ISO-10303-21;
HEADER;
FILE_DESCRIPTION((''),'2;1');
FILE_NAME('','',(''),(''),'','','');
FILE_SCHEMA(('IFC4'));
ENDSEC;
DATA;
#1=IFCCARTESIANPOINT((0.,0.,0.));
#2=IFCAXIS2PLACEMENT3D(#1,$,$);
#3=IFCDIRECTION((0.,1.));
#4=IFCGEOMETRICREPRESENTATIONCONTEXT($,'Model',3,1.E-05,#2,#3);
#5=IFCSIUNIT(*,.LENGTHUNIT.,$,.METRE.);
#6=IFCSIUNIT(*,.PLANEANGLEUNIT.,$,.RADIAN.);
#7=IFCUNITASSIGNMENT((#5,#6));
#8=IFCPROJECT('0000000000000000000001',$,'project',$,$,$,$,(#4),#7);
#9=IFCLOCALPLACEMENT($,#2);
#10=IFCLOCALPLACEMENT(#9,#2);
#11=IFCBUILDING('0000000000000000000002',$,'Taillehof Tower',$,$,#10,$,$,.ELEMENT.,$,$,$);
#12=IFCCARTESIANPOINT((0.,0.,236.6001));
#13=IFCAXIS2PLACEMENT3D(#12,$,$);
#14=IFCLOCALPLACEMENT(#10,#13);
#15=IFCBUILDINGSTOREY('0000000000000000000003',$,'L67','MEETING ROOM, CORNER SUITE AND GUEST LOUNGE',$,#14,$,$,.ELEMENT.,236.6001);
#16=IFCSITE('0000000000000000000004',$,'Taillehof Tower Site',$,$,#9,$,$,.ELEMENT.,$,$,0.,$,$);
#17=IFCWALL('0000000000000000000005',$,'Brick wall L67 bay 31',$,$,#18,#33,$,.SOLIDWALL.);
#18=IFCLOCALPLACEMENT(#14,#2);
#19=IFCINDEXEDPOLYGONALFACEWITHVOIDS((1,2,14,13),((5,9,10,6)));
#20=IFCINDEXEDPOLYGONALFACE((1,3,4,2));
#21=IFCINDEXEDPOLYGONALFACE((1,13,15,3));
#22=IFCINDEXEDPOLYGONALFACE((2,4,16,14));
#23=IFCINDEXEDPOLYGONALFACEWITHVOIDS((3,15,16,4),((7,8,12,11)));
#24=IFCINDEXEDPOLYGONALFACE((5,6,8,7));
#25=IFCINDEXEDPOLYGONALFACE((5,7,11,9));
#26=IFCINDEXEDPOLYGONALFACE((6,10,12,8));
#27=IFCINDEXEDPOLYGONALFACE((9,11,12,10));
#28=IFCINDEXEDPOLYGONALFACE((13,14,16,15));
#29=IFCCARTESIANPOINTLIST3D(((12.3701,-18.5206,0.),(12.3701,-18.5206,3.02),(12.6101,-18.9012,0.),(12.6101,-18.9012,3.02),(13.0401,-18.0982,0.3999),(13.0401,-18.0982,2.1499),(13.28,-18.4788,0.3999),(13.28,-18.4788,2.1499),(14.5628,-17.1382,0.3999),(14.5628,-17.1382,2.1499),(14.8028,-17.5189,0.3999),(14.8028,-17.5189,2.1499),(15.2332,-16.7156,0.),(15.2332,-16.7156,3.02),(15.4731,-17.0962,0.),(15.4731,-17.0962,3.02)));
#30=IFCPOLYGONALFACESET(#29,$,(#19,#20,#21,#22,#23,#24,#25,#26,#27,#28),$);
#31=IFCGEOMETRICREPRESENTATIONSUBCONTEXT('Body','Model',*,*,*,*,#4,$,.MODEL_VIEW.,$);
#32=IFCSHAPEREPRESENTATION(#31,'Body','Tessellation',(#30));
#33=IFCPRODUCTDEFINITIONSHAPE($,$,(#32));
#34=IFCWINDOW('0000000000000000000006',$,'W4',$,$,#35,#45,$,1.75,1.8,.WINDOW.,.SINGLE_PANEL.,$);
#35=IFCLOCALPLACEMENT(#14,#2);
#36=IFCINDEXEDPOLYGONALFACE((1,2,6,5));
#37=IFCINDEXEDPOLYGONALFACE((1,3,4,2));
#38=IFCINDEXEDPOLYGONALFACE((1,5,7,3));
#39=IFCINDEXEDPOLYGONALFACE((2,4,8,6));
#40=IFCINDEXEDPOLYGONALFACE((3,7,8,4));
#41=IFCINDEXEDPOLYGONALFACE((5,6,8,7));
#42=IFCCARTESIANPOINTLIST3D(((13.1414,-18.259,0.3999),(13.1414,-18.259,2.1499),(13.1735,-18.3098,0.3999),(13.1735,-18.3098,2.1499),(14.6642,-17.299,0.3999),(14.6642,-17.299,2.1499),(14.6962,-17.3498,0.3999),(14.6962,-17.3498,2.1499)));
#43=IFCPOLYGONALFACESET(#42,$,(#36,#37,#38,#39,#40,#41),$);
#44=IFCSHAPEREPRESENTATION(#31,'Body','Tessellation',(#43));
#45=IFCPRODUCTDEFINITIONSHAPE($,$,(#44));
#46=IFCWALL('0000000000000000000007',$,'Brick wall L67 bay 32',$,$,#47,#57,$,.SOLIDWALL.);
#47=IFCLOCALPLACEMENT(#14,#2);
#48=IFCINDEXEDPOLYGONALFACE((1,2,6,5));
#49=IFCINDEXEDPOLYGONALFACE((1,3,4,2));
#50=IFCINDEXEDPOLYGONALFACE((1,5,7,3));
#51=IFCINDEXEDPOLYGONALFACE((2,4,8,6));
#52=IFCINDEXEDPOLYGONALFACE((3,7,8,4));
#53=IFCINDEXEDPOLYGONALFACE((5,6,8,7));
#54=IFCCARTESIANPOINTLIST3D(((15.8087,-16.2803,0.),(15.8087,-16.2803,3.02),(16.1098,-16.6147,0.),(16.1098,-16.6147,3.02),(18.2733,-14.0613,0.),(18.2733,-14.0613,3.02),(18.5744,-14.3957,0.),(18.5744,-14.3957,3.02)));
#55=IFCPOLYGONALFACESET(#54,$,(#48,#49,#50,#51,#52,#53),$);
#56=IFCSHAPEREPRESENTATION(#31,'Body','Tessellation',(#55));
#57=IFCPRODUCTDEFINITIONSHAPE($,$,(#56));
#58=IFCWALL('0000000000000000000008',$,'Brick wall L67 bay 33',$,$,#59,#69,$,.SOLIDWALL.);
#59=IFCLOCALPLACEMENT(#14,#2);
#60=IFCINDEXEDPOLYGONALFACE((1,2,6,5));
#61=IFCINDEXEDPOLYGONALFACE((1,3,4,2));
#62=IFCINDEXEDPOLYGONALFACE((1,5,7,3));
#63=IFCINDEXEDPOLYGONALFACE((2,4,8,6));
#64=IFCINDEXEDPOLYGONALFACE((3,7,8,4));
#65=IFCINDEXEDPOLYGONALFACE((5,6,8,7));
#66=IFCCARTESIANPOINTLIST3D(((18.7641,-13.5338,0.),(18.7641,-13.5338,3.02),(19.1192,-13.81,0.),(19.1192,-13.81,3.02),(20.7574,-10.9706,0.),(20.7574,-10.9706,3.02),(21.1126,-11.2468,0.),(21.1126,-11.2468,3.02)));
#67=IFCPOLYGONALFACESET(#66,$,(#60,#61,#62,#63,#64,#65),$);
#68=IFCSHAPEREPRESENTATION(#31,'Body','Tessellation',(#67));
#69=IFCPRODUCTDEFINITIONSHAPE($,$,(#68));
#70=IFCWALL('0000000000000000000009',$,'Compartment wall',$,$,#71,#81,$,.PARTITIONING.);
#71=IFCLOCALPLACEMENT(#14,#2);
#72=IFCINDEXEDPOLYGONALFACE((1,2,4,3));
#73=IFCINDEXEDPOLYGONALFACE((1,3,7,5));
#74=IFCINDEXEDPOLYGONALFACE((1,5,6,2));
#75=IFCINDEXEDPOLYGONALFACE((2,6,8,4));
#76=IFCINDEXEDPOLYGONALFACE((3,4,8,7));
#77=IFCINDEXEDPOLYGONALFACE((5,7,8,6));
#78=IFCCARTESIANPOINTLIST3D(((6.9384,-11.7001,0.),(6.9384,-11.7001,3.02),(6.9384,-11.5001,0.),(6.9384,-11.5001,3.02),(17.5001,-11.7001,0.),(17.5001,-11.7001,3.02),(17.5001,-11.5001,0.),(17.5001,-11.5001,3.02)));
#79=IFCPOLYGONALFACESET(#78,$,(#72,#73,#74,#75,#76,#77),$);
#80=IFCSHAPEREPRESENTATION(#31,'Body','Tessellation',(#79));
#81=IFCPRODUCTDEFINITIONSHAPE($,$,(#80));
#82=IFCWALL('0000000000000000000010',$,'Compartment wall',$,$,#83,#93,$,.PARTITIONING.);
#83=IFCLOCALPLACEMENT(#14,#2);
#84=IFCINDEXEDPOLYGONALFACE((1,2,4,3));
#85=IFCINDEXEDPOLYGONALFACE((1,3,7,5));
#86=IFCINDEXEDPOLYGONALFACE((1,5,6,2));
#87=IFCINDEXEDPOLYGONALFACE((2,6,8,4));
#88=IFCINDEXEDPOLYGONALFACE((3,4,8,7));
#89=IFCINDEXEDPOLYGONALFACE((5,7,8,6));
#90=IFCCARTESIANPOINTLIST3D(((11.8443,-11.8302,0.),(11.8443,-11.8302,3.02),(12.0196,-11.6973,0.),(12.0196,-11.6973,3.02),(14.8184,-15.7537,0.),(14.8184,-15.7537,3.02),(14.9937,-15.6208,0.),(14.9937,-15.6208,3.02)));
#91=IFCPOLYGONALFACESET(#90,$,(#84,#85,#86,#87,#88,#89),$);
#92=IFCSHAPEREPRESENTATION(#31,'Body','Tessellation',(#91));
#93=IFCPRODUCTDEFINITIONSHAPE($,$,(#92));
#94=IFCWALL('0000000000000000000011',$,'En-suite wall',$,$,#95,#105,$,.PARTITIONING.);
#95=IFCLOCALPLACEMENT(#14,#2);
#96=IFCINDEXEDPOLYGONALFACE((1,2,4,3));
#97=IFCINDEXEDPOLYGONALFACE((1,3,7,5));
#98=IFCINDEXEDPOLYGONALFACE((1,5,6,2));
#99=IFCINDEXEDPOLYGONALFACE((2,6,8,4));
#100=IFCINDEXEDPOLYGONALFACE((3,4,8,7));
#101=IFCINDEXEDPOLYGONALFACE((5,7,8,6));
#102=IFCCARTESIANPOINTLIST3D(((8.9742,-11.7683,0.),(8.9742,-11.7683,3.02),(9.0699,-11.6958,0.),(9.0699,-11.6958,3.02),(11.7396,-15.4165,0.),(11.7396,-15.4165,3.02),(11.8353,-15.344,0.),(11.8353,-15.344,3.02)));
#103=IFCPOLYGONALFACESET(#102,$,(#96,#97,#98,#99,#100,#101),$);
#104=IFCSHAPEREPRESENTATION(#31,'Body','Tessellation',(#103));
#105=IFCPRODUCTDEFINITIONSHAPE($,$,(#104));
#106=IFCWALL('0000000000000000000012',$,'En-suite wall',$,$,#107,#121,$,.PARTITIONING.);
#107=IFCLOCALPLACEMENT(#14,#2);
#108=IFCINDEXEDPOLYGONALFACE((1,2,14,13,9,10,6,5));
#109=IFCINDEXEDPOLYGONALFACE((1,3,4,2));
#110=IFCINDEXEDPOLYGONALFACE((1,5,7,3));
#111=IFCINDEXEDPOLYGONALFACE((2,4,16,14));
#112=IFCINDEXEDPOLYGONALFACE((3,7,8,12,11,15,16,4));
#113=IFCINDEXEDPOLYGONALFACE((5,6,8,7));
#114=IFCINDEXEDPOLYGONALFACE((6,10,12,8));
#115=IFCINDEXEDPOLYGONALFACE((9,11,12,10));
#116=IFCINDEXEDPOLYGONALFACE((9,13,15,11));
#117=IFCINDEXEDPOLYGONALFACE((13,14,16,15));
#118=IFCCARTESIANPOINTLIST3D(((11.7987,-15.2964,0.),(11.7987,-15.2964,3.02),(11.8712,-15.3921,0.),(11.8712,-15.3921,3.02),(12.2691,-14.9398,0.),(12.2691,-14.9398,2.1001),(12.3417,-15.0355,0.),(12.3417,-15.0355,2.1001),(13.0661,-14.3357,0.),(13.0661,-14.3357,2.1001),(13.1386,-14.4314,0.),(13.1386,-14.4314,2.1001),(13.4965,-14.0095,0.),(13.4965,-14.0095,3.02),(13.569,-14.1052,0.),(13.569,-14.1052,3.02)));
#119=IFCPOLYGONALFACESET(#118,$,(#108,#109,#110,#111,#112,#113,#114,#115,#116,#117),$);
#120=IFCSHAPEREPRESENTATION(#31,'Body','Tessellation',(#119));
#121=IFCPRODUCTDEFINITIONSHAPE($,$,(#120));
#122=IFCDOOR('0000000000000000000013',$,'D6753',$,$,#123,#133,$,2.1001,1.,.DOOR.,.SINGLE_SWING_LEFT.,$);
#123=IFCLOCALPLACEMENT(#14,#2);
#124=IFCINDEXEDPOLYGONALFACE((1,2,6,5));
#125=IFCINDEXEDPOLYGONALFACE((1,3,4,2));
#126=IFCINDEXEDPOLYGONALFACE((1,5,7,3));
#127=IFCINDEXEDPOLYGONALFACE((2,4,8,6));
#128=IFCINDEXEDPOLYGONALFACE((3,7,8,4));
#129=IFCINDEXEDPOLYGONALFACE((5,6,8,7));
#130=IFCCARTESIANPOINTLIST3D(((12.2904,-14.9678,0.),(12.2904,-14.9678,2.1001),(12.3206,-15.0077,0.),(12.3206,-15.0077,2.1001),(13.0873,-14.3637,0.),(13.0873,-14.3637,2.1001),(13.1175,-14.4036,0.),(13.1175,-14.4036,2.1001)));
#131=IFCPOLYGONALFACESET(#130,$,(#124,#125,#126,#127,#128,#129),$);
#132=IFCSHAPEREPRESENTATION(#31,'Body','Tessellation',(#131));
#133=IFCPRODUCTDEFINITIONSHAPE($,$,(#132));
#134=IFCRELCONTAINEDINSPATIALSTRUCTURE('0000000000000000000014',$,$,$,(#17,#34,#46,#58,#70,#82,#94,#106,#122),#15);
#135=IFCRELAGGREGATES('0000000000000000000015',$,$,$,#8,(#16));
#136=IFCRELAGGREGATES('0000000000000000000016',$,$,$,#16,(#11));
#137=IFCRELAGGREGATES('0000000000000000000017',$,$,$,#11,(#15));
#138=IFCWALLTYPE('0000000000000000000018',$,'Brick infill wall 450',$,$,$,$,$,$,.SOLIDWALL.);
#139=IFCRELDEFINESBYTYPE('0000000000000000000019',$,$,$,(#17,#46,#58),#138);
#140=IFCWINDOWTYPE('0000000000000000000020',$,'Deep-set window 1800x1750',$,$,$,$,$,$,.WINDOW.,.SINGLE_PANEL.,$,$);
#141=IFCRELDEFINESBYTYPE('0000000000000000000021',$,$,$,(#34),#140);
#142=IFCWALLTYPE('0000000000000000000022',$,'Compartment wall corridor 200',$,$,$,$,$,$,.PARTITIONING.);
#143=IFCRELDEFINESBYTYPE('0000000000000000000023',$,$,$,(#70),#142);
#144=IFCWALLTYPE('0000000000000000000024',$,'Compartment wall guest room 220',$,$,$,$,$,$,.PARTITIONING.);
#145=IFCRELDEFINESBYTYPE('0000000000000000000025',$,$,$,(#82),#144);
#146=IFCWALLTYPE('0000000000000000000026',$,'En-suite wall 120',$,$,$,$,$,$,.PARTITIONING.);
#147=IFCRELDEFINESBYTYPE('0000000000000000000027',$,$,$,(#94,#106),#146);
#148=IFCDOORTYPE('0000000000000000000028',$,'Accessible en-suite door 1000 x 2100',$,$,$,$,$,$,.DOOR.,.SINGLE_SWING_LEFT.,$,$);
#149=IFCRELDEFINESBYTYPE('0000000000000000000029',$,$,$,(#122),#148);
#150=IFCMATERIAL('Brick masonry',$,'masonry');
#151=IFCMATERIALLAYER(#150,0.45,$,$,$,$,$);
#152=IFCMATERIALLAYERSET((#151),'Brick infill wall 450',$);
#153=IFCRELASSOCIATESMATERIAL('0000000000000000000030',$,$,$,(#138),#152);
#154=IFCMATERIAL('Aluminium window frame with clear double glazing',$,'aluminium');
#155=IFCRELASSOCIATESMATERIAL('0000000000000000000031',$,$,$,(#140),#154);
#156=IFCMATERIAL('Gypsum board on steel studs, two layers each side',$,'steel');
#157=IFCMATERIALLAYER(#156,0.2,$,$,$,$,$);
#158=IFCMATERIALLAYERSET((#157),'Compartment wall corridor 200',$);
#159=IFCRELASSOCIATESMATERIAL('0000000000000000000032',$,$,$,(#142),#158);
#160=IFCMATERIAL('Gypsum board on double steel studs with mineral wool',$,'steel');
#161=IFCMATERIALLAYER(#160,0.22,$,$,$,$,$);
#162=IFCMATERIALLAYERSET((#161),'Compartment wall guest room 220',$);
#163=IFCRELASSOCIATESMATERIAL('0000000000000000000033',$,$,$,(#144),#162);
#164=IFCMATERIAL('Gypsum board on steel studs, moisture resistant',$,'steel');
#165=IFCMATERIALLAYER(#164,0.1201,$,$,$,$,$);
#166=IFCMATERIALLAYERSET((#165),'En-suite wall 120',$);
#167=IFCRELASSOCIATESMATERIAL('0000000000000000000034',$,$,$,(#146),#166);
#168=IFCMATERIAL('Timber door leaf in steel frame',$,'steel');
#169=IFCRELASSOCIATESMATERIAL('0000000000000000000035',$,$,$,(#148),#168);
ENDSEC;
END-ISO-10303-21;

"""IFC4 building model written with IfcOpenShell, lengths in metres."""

from ifc_helpers import new_model, si_unit, direction, frame, frame_2d, origin, place, context, subcontext, project, spatial, rectangle, extrude, material, layer, layer_set, type_object, element, fill, save


model = new_model("IFC4")

# Units and contexts
model_context = context("Model", 3, precision=1e-05, world=origin(), true_north=direction((0.0, 1.0)))
body_context = subcontext(model_context, "Body", "Model", "MODEL_VIEW")
ifc_project = project(units=[si_unit("LENGTHUNIT", "METRE"), si_unit("PLANEANGLEUNIT", "RADIAN")], contexts=[model_context])

# Site, building, storey
site_placement = place(None, origin())
site = spatial("IfcSite", under=ifc_project, at=site_placement, Name="Taillehof Tower Site", CompositionType="ELEMENT", RefElevation=0.0)
building_placement = place(site_placement, origin())
building = spatial("IfcBuilding", under=site, at=building_placement, Name="Taillehof Tower", CompositionType="ELEMENT")
storey_placement = place(building_placement, frame((0.0, 0.0, 236.6001)))
storey = spatial("IfcBuildingStorey", under=building, at=storey_placement, Name="L67", Description="MEETING ROOM, CORNER SUITE AND GUEST LOUNGE", CompositionType="ELEMENT", Elevation=236.6001)

# Wall, opening, window
ifc_material_1 = material(Name="Brick masonry", Category="masonry")
ifc_layer_1 = layer(ifc_material_1, 0.45)
ifc_layer_set_1 = layer_set([ifc_layer_1], Name="Brick infill wall 450")
wall_type_1 = type_object("IfcWallType", Name="Brick infill wall 450", PredefinedType="SOLIDWALL", material=ifc_layer_set_1)
ifc_material_2 = material(Name="Aluminium window frame with clear double glazing", Category="aluminium")
window_type = type_object("IfcWindowType", Name="Deep-set window 1800x1750", PartitioningType="SINGLE_PANEL", PredefinedType="WINDOW", material=ifc_material_2)
wall_1_placement = place(storey_placement, frame((12.49, -18.7109, 0.0), z_axis=(0.0, 0.0, 1.0), x_axis=(0.845929, 0.533295, 0.0)))
wall_1 = element("IfcWall", 1, at=wall_1_placement, inside=storey, type_object=wall_type_1, Name="Brick wall L67 bay 31", PredefinedType="SOLIDWALL", context=body_context, shape_type="SweptSolid", body=[
    extrude(rectangle(XDim=3.3845, YDim=0.45, at=frame_2d((1.6924, 0.0))), origin(), (0.0, 0.0, 1.0), 3.02),
])
opening_1_placement = place(wall_1_placement, frame((0.7922, 0.0, 0.3999)))
opening_1 = element("IfcOpeningElement", 2, at=opening_1_placement, cuts=wall_1, PredefinedType="OPENING", context=body_context, shape_type="SweptSolid", body=[
    extrude(rectangle(XDim=1.8, YDim=1.75, at=frame_2d((0.8999, 0.875))), frame((0.0, 0.2349, 0.0), z_axis=(0.0, -1.0, 0.0), x_axis=(1.0, 0.0, 0.0)), (0.0, 0.0, 1.0), 0.47),
])
window_1_placement = place(opening_1_placement, origin())
window_1 = element("IfcWindow", 3, at=window_1_placement, inside=storey, type_object=window_type, Name="W4", OverallHeight=1.75, OverallWidth=1.8, PartitioningType="SINGLE_PANEL", PredefinedType="WINDOW", context=body_context, shape_type="SweptSolid", body=[
    extrude(rectangle(XDim=1.8, YDim=1.75, at=frame_2d((0.8999, 0.875))), frame((0.0, 0.0349, 0.0), z_axis=(0.0, -1.0, 0.0), x_axis=(1.0, 0.0, 0.0)), (0.0, 0.0, 1.0), 0.0601),
])
fill(opening_1, window_1)

# Walls
wall_2_placement = place(storey_placement, frame((15.9592, -16.4475, 0.0), z_axis=(0.0, 0.0, 1.0), x_axis=(0.743166, 0.669107, 0.0)))
element("IfcWall", 4, at=wall_2_placement, inside=storey, type_object=wall_type_1, Name="Brick wall L67 bay 32", PredefinedType="SOLIDWALL", context=body_context, shape_type="SweptSolid", body=[
    extrude(rectangle(XDim=3.3164, YDim=0.45, at=frame_2d((1.6582, 0.0))), origin(), (0.0, 0.0, 1.0), 3.02),
])
wall_3_placement = place(storey_placement, frame((18.9417, -13.6719, 0.0), z_axis=(0.0, 0.0, 1.0), x_axis=(0.613899, 0.789385, 0.0)))
element("IfcWall", 5, at=wall_3_placement, inside=storey, type_object=wall_type_1, Name="Brick wall L67 bay 33", PredefinedType="SOLIDWALL", context=body_context, shape_type="SweptSolid", body=[
    extrude(rectangle(XDim=3.2471, YDim=0.45, at=frame_2d((1.6235, 0.0))), origin(), (0.0, 0.0, 1.0), 3.02),
])
ifc_material_3 = material(Name="Gypsum board on steel studs, two layers each side", Category="steel")
ifc_layer_2 = layer(ifc_material_3, 0.2)
ifc_layer_set_2 = layer_set([ifc_layer_2], Name="Compartment wall corridor 200")
wall_type_2 = type_object("IfcWallType", Name="Compartment wall corridor 200", PredefinedType="PARTITIONING", material=ifc_layer_set_2)
wall_4_placement = place(storey_placement, frame((17.5, -11.6001, 0.0), z_axis=(0.0, 0.0, 1.0), x_axis=(-1.0, 0.0, 0.0)))
element("IfcWall", 6, at=wall_4_placement, inside=storey, type_object=wall_type_2, Name="Compartment wall", PredefinedType="PARTITIONING", context=body_context, shape_type="SweptSolid", body=[
    extrude(rectangle(XDim=10.5618, YDim=0.2, at=frame_2d((5.2808, 0.0))), origin(), (0.0, 0.0, 1.0), 3.02),
])
ifc_material_4 = material(Name="Gypsum board on double steel studs with mineral wool", Category="steel")
ifc_layer_3 = layer(ifc_material_4, 0.22)
ifc_layer_set_3 = layer_set([ifc_layer_3], Name="Compartment wall guest room 220")
wall_type_3 = type_object("IfcWallType", Name="Compartment wall guest room 220", PredefinedType="PARTITIONING", material=ifc_layer_set_3)
wall_5_placement = place(storey_placement, frame((14.906, -15.6873, 0.0), z_axis=(0.0, 0.0, 1.0), x_axis=(-0.604078, 0.796925, 0.0)))
element("IfcWall", 7, at=wall_5_placement, inside=storey, type_object=wall_type_3, Name="Compartment wall", PredefinedType="PARTITIONING", context=body_context, shape_type="SweptSolid", body=[
    extrude(rectangle(XDim=4.9233, YDim=0.22, at=frame_2d((2.4617, 0.0))), origin(), (0.0, 0.0, 1.0), 3.02),
])
ifc_material_5 = material(Name="Gypsum board on steel studs, moisture resistant", Category="steel")
ifc_layer_4 = layer(ifc_material_5, 0.1201)
ifc_layer_set_4 = layer_set([ifc_layer_4], Name="En-suite wall 120")
wall_type_4 = type_object("IfcWallType", Name="En-suite wall 120", PredefinedType="PARTITIONING", material=ifc_layer_set_4)
wall_6_placement = place(storey_placement, frame((9.022, -11.7319, 0.0), z_axis=(0.0, 0.0, 1.0), x_axis=(0.604079, -0.796924, 0.0)))
element("IfcWall", 8, at=wall_6_placement, inside=storey, type_object=wall_type_4, Name="En-suite wall", PredefinedType="PARTITIONING", context=body_context, shape_type="SweptSolid", body=[
    extrude(rectangle(XDim=4.5779, YDim=0.1201, at=frame_2d((2.2891, 0.0))), origin(), (0.0, 0.0, 1.0), 3.02),
])

# Wall, opening, door
wall_7_placement = place(storey_placement, frame((11.835, -15.3442, 0.0), z_axis=(0.0, 0.0, 1.0), x_axis=(0.796937, 0.604063, 0.0)))
wall_7 = element("IfcWall", 9, at=wall_7_placement, inside=storey, type_object=wall_type_4, Name="En-suite wall", PredefinedType="PARTITIONING", context=body_context, shape_type="SweptSolid", body=[
    extrude(rectangle(XDim=2.1304, YDim=0.1201, at=frame_2d((1.0652, 0.0))), origin(), (0.0, 0.0, 1.0), 3.02),
])
opening_2_placement = place(wall_7_placement, frame((0.5903, 0.0, 0.0)))
opening_2 = element("IfcOpeningElement", 10, at=opening_2_placement, cuts=wall_7, PredefinedType="OPENING", context=body_context, shape_type="SweptSolid", body=[
    extrude(rectangle(XDim=1.0, YDim=2.1001, at=frame_2d((0.5, 1.05))), frame((0.0, 0.0701, 0.0), z_axis=(0.0, -1.0, 0.0), x_axis=(1.0, 0.0, 0.0)), (0.0, 0.0, 1.0), 0.1401),
])
ifc_material_6 = material(Name="Timber door leaf in steel frame", Category="steel")
door_type = type_object("IfcDoorType", Name="Accessible en-suite door 1000 x 2100", OperationType="SINGLE_SWING_LEFT", PredefinedType="DOOR", material=ifc_material_6)
door_placement = place(opening_2_placement, origin())
door = element("IfcDoor", 11, at=door_placement, inside=storey, type_object=door_type, Name="D6753", OperationType="SINGLE_SWING_LEFT", OverallHeight=2.1001, OverallWidth=1.0, PredefinedType="DOOR", context=body_context, shape_type="SweptSolid", body=[
    extrude(rectangle(XDim=1.0, YDim=2.1001, at=frame_2d((0.5, 1.05))), frame((0.0, 0.0249, 0.0), z_axis=(0.0, -1.0, 0.0), x_axis=(1.0, 0.0, 0.0)), (0.0, 0.0, 1.0), 0.05),
])
fill(opening_2, door)

save(model, "model.ifc")
